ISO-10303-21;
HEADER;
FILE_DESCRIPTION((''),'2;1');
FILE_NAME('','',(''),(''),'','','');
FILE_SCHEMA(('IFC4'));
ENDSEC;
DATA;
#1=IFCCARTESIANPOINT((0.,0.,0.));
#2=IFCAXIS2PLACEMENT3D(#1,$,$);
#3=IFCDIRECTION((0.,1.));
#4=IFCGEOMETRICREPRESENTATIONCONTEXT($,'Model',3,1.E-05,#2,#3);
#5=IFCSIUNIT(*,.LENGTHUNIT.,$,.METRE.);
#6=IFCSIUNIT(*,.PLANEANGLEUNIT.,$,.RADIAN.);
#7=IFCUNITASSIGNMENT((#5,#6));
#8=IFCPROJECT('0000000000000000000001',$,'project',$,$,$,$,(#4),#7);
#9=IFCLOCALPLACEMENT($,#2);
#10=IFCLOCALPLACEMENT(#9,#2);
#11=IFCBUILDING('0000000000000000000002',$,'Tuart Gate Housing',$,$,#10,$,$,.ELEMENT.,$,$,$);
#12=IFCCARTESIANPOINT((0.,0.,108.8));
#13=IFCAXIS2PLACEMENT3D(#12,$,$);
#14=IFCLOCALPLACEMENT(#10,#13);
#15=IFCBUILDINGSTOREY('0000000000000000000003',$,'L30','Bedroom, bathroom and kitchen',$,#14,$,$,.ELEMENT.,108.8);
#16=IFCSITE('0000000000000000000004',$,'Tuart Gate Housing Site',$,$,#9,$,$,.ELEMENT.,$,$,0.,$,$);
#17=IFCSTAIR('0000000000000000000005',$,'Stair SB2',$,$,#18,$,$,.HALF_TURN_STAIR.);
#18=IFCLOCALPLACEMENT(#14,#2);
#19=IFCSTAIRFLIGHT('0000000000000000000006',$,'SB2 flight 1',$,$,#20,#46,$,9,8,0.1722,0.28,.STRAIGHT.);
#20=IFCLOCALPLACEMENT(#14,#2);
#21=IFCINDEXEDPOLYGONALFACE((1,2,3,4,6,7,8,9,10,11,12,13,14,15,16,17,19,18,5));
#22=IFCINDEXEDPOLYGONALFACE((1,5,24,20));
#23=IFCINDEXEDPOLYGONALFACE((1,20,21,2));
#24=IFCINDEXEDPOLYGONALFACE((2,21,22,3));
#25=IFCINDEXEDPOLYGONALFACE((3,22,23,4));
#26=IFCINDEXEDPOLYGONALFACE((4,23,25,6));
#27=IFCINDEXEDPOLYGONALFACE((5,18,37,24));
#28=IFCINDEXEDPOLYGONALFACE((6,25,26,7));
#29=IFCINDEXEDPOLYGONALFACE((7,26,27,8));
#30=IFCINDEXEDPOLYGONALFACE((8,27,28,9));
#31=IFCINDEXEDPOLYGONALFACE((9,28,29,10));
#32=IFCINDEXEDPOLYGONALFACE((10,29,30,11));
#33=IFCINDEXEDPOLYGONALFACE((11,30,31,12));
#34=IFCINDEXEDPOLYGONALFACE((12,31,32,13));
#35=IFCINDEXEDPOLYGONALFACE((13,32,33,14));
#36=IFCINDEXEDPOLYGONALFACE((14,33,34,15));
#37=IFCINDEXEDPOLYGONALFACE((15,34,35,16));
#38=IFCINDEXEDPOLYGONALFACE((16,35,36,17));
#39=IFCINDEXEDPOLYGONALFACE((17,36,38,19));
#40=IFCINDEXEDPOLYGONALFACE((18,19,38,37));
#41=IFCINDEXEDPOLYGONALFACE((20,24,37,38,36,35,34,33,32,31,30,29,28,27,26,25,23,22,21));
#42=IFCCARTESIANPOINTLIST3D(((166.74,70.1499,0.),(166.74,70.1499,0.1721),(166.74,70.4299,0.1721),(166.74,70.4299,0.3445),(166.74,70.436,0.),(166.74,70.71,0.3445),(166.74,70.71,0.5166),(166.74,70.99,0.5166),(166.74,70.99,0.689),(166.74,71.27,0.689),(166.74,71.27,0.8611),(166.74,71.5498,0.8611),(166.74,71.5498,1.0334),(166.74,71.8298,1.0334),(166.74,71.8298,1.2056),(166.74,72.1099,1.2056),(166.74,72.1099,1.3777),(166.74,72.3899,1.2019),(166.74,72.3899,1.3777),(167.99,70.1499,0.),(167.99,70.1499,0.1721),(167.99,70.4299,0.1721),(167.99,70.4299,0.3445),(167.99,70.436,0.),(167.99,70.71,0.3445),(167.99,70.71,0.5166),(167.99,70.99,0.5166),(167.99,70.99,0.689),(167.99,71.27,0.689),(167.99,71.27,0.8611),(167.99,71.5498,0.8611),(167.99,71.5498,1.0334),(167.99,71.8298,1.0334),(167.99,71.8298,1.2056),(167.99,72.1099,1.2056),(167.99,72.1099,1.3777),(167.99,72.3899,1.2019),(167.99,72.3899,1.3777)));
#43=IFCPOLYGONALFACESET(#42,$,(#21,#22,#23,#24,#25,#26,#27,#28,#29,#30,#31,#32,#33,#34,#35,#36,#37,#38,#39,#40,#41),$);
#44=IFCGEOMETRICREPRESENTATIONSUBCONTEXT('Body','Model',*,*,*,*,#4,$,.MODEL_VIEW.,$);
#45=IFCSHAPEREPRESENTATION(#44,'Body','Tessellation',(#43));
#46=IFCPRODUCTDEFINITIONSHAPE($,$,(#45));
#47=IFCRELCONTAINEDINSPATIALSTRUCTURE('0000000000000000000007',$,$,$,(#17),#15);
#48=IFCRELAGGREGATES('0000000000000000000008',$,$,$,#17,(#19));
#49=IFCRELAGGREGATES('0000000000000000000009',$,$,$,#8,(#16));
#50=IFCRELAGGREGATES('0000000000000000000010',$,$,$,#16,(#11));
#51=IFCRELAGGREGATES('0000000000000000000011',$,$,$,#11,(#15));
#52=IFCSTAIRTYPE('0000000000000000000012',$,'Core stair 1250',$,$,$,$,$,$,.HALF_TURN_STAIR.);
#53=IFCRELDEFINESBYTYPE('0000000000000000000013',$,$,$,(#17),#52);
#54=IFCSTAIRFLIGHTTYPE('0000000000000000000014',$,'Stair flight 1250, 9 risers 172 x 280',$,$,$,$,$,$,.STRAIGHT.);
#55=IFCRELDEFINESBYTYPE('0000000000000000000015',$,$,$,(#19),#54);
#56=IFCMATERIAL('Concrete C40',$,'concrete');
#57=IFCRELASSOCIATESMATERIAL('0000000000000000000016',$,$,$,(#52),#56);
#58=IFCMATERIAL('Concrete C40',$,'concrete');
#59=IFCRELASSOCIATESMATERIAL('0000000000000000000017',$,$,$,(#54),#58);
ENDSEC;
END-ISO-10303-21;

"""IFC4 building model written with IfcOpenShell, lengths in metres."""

from ifc_helpers import new_model, si_unit, direction, frame, origin, place, context, subcontext, project, spatial, polyline, outline, extrude, material, type_object, element, aggregate, save


model = new_model("IFC4")

# Units and contexts
model_context = context("Model", 3, precision=1e-05, world=origin(), true_north=direction((0.0, 1.0)))
body_context = subcontext(model_context, "Body", "Model", "MODEL_VIEW")
ifc_project = project(units=[si_unit("LENGTHUNIT", "METRE"), si_unit("PLANEANGLEUNIT", "RADIAN")], contexts=[model_context])

# Site, building, storey
site_placement = place(None, origin())
site = spatial("IfcSite", under=ifc_project, at=site_placement, Name="Tuart Gate Housing Site", CompositionType="ELEMENT", RefElevation=0.0)
building_placement = place(site_placement, origin())
building = spatial("IfcBuilding", under=site, at=building_placement, Name="Tuart Gate Housing", CompositionType="ELEMENT")
storey_placement = place(building_placement, frame((0.0, 0.0, 108.8)))
storey = spatial("IfcBuildingStorey", under=building, at=storey_placement, Name="L30", Description="Bedroom, bathroom and kitchen", CompositionType="ELEMENT", Elevation=108.8)

# Stair, stair flight
ifc_material_1 = material(Name="Concrete C40", Category="concrete")
stair_type = type_object("IfcStairType", Name="Core stair 1250", PredefinedType="HALF_TURN_STAIR", material=ifc_material_1)
stair_placement = place(storey_placement, origin())
stair = element("IfcStair", 1, at=stair_placement, inside=storey, type_object=stair_type, Name="Stair SB2", PredefinedType="HALF_TURN_STAIR")
ifc_material_2 = material(Name="Concrete C40", Category="concrete")
stair_flight_type = type_object("IfcStairFlightType", Name="Stair flight 1250, 9 risers 172 x 280", PredefinedType="STRAIGHT", material=ifc_material_2)
stair_flight_placement = place(storey_placement, frame((167.365, 70.1499, 0.0), z_axis=(0.0, 0.0, 1.0), x_axis=(0.0, 1.0, 0.0)))
stair_flight = element("IfcStairFlight", 2, at=stair_flight_placement, type_object=stair_flight_type, Name="SB2 flight 1", NumberOfRisers=9, NumberOfTreads=8, PredefinedType="STRAIGHT", RiserHeight=0.1722, TreadLength=0.28, context=body_context, shape_type="SweptSolid", body=[
    extrude(outline(polyline([(0.0, 0.0), (0.0, 0.1721), (0.28, 0.1721), (0.28, 0.3445), (0.5601, 0.3445), (0.5601, 0.5166), (0.8401, 0.5166), (0.8401, 0.689), (1.1201, 0.689), (1.1201, 0.8611), (1.3999, 0.8611), (1.3999, 1.0334), (1.6799, 1.0334), (1.6799, 1.2056), (1.96, 1.2056), (1.96, 1.3777), (2.24, 1.3777), (2.24, 1.55), (2.24, 1.2019), (0.2861, 0.0), (0.0, 0.0)])), frame((0.0, 0.625, 0.0), z_axis=(0.0, -1.0, 0.0), x_axis=(1.0, 0.0, 0.0)), (0.0, 0.0, 1.0), 1.25),
])
aggregate(stair, [stair_flight])

save(model, "model.ifc")
